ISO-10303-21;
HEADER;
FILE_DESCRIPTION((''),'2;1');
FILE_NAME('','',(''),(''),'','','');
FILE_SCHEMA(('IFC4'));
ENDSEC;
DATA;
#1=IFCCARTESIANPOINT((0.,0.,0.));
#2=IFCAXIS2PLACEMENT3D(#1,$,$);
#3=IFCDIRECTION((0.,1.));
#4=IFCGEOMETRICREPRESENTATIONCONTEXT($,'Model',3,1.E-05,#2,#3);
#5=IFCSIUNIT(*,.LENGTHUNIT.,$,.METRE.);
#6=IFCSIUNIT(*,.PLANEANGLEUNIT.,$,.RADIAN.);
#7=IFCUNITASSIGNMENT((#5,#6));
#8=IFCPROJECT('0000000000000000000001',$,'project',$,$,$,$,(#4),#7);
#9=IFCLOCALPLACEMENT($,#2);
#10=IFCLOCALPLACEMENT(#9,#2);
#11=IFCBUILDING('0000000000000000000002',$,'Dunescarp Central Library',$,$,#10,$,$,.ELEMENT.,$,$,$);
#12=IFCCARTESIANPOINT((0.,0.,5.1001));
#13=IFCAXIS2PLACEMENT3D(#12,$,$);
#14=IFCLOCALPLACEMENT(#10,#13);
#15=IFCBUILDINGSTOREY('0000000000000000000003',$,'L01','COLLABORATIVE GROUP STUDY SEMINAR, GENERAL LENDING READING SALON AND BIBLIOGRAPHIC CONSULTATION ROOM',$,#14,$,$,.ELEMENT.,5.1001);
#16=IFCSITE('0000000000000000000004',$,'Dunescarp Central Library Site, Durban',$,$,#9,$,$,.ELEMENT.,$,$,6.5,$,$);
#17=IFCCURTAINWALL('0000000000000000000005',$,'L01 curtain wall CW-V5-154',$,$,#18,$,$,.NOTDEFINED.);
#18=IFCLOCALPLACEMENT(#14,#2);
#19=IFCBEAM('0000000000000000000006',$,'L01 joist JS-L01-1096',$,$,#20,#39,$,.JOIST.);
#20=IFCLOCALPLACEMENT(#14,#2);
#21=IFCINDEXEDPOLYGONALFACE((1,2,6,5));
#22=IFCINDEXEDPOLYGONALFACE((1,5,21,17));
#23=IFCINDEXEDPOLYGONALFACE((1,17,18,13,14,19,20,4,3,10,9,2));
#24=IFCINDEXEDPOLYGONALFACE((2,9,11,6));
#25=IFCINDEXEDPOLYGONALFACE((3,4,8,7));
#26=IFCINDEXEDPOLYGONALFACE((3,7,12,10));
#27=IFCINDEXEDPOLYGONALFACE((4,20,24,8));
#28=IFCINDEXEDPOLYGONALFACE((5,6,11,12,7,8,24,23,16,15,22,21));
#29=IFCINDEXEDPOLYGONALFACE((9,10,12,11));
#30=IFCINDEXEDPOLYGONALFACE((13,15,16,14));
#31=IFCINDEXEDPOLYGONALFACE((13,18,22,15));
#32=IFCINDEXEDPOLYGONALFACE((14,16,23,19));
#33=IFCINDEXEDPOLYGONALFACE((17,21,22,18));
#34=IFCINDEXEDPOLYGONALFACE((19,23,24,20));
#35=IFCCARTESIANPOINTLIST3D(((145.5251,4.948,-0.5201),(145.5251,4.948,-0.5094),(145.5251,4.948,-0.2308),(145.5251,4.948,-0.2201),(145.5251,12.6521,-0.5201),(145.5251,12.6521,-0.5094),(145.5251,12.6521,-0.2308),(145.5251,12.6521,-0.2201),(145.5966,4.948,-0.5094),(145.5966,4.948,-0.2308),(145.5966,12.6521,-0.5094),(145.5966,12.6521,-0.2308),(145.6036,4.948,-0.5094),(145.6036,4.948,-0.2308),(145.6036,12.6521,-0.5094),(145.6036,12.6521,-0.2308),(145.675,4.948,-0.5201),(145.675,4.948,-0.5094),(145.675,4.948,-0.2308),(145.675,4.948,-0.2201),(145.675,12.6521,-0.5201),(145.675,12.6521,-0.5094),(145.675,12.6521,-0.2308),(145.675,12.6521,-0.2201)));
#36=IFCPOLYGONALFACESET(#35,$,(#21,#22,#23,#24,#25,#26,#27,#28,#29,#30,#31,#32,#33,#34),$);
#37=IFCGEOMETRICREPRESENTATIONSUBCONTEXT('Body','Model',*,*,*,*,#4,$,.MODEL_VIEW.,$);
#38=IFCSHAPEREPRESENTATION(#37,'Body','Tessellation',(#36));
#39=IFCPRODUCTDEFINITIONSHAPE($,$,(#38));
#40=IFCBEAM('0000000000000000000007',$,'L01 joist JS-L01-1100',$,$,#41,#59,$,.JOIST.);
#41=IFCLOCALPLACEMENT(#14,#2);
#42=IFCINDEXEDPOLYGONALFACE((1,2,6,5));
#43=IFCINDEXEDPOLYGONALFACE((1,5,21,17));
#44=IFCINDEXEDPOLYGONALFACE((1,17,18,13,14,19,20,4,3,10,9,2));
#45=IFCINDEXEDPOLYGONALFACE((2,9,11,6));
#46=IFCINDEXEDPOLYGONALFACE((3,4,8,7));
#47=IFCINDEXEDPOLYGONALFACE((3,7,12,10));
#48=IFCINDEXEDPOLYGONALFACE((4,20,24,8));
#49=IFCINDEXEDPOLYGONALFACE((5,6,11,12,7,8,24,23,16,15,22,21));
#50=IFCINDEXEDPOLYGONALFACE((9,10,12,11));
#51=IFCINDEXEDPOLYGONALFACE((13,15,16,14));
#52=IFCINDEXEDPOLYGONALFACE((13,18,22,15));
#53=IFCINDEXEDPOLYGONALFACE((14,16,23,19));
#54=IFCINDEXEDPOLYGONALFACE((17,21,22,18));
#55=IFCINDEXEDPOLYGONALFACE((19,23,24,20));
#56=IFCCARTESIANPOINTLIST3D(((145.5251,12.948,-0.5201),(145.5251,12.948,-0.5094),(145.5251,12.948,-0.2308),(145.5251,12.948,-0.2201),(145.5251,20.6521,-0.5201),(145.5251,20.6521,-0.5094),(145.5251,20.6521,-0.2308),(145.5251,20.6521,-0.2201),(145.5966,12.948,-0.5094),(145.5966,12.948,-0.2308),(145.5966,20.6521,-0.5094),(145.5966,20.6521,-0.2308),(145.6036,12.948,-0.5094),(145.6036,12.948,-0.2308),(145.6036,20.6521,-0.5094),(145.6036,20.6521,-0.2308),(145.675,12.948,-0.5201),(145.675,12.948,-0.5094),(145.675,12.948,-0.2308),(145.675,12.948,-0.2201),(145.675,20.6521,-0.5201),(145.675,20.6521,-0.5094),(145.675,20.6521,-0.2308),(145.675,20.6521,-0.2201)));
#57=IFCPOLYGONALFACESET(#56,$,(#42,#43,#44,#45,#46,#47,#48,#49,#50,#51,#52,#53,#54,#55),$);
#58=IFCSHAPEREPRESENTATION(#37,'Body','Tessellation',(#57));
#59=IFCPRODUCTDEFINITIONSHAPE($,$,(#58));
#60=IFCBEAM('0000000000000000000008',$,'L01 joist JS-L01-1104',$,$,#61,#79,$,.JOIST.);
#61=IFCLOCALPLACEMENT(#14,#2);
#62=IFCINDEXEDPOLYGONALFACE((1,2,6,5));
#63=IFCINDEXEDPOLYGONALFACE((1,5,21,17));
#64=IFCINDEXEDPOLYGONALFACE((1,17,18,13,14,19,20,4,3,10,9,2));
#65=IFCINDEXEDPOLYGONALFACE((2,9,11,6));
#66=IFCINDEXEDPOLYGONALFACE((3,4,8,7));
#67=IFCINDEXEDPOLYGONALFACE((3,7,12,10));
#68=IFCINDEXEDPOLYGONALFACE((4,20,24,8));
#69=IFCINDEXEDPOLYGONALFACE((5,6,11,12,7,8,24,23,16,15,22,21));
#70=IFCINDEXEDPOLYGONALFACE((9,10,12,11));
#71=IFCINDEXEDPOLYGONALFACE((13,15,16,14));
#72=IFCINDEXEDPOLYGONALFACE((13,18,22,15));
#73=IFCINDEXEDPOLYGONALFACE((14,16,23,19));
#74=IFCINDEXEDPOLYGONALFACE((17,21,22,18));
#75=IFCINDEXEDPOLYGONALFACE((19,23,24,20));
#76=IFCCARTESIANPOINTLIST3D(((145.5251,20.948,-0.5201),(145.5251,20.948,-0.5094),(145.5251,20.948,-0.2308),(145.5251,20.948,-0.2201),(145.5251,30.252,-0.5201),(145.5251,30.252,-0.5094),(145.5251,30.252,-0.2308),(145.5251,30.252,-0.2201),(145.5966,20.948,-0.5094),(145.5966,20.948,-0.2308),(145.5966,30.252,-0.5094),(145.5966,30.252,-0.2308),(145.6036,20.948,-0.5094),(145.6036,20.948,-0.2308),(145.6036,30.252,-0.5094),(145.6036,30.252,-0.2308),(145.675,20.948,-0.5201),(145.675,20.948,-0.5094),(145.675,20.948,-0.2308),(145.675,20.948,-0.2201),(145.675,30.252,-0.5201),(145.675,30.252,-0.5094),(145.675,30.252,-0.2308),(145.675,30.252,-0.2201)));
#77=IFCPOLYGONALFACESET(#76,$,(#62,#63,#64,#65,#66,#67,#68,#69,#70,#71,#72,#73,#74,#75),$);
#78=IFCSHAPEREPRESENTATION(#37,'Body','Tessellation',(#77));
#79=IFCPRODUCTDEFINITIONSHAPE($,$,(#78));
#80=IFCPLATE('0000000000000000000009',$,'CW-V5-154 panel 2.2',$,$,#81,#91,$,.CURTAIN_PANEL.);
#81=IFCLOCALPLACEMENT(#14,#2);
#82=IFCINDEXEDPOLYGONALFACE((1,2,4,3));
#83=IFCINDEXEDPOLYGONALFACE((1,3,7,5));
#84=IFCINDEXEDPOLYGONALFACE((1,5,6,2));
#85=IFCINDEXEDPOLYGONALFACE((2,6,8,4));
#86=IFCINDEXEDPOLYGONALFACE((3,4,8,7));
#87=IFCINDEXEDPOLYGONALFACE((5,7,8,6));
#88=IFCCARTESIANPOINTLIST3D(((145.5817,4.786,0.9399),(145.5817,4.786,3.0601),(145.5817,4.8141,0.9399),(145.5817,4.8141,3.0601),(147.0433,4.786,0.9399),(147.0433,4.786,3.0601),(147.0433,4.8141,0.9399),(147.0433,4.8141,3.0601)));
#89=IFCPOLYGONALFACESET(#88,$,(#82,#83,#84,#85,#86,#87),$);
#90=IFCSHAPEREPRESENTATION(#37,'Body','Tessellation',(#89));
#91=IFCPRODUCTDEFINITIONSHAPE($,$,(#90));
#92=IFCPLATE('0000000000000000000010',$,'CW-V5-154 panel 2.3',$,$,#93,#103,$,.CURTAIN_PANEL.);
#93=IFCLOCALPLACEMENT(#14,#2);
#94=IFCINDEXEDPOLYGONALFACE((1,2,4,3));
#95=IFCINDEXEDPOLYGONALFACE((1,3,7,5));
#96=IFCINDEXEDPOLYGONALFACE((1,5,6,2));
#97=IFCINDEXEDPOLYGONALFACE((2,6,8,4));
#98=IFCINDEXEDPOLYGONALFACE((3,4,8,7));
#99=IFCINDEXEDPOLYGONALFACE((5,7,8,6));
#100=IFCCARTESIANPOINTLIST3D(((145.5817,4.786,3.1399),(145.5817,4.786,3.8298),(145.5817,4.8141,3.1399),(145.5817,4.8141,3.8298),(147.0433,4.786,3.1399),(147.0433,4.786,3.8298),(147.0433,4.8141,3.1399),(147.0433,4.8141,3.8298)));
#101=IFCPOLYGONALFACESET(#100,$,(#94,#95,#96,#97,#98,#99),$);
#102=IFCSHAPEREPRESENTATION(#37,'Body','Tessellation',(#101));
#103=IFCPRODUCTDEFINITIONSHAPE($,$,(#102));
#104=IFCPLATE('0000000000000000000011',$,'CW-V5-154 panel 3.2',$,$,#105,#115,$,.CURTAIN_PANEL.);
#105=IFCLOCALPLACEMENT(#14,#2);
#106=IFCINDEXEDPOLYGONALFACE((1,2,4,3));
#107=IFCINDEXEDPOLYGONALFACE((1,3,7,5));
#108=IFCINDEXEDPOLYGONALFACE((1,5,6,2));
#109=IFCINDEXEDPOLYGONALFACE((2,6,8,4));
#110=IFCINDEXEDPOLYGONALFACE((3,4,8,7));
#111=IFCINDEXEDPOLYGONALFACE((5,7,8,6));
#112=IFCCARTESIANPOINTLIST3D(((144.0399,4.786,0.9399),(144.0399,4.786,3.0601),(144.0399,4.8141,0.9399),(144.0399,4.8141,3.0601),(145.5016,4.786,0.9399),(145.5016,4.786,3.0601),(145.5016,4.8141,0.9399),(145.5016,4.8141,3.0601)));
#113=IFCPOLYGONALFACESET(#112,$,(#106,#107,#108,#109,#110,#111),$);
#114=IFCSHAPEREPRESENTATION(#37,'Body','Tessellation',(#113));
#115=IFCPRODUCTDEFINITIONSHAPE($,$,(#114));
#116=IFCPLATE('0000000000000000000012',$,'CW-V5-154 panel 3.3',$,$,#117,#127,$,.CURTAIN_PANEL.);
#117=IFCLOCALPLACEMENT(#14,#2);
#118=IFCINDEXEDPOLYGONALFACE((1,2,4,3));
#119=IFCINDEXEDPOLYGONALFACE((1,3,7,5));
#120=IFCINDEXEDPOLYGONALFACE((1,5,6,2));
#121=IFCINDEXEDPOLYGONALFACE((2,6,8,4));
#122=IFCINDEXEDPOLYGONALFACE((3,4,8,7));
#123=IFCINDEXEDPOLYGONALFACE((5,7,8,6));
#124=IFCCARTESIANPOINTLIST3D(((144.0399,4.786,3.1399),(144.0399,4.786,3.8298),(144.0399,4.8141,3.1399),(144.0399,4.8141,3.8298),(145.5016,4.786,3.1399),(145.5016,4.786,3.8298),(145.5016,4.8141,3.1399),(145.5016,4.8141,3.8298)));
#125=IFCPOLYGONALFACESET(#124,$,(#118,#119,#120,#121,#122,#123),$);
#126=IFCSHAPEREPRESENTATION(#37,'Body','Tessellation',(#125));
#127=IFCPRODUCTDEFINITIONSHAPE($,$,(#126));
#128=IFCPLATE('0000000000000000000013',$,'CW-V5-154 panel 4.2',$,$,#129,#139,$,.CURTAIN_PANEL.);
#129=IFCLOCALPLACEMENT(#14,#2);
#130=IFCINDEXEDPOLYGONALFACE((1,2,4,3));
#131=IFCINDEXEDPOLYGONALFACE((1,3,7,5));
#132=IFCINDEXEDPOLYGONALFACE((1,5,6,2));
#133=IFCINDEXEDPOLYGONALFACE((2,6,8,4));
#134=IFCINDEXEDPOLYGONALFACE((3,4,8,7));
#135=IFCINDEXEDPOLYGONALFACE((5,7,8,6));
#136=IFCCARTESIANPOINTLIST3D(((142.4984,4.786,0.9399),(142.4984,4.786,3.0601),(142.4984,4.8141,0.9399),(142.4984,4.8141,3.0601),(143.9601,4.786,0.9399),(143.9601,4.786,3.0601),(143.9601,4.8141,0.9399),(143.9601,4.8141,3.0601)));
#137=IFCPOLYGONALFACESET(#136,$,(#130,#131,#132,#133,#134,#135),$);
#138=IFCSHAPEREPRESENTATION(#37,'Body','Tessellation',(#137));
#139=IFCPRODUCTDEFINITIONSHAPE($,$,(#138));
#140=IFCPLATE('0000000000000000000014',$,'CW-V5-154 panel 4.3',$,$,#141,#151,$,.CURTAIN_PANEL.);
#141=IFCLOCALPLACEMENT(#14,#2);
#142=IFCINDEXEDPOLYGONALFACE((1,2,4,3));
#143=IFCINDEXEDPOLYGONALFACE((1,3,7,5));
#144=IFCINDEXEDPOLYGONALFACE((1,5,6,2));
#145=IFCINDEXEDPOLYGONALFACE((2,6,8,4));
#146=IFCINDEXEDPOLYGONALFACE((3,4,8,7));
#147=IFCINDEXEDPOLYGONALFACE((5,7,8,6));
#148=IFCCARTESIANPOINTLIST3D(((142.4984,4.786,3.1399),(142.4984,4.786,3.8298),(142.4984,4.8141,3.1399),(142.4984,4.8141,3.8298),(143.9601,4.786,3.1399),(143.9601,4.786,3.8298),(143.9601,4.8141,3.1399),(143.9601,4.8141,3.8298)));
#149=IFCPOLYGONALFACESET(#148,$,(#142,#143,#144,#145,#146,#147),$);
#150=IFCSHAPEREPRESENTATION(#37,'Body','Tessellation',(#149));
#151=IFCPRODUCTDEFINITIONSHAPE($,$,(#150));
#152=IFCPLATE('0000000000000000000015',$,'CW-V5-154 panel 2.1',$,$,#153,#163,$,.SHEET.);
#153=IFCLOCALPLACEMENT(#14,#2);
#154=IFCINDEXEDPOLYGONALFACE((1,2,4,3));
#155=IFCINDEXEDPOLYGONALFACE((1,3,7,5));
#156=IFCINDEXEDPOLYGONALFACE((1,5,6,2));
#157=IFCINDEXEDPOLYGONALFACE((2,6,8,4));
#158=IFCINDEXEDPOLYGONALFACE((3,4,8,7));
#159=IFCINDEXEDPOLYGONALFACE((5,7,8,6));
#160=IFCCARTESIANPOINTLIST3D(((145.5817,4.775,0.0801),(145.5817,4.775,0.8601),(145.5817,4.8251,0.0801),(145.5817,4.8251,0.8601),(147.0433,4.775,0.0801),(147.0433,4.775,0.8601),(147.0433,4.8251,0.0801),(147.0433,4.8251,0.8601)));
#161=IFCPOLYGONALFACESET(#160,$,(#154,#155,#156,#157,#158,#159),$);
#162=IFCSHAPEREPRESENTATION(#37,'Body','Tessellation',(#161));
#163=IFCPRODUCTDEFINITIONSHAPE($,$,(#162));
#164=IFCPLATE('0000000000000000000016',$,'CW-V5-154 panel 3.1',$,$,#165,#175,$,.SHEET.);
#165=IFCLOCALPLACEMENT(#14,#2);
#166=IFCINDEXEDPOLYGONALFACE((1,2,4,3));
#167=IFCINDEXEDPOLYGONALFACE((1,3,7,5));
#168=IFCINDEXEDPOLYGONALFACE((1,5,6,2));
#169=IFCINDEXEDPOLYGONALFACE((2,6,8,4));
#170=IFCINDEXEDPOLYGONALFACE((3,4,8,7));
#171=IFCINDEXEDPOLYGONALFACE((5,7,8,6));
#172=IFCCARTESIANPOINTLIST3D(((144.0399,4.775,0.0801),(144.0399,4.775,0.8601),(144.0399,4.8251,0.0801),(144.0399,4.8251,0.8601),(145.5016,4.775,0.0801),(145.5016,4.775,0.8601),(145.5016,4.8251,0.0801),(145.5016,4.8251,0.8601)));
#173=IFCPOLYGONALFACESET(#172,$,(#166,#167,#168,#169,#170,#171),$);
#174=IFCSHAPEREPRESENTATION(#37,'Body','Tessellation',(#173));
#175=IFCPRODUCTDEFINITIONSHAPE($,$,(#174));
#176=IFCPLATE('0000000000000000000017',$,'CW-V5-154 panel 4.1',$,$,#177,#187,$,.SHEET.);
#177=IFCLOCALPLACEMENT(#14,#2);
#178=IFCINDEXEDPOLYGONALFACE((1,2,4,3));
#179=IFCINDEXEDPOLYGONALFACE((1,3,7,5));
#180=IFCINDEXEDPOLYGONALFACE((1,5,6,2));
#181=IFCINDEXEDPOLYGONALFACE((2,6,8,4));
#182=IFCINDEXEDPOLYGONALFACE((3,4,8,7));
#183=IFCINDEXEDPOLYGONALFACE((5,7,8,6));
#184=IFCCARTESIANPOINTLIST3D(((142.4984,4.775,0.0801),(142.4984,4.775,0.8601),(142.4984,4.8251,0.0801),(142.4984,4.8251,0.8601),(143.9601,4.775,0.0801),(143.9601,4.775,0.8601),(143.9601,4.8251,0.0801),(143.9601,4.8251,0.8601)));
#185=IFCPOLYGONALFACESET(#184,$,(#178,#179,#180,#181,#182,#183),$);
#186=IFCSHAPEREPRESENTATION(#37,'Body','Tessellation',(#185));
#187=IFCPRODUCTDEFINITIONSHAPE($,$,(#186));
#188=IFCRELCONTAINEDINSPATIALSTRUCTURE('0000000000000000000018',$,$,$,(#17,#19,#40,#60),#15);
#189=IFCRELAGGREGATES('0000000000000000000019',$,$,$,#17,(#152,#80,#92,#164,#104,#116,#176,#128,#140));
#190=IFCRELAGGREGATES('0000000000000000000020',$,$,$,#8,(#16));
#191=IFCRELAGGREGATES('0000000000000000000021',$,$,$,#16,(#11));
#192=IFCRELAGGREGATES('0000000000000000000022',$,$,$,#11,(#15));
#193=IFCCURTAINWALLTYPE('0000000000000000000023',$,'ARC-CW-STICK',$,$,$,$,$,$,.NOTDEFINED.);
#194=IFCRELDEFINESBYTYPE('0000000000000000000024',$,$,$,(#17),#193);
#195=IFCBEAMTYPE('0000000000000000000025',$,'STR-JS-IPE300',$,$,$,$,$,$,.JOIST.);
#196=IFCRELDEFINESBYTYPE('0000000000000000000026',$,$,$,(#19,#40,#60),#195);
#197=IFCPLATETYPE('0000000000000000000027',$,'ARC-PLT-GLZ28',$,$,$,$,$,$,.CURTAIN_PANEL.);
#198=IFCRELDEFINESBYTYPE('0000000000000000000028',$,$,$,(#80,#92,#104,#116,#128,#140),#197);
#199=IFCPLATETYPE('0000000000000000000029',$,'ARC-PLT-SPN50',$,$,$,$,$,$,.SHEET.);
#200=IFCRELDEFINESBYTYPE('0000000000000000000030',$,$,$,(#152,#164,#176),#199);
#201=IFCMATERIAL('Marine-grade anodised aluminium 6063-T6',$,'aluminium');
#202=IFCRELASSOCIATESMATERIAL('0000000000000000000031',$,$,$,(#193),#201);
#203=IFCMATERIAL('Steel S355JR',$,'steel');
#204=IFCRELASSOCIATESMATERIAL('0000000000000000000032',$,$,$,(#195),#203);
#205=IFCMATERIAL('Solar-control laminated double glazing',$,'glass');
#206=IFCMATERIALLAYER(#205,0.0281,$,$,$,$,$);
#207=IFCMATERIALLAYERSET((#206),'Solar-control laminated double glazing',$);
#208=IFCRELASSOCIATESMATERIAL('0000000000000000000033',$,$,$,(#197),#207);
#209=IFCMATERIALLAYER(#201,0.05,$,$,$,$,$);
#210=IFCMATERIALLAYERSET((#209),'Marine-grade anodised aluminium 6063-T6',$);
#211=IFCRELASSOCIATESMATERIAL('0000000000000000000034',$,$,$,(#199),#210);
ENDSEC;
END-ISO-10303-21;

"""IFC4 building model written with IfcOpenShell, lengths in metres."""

from ifc_helpers import new_model, si_unit, direction, frame, origin, origin_2d, place, context, subcontext, project, spatial, rectangle, i_section, extrude, material, layer, layer_set, material_profile, profile_set, type_object, element, aggregate, save


model = new_model("IFC4")

# Units and contexts
model_context = context("Model", 3, precision=1e-05, world=origin(), true_north=direction((0.0, 1.0)))
body_context = subcontext(model_context, "Body", "Model", "MODEL_VIEW")
ifc_project = project(units=[si_unit("LENGTHUNIT", "METRE"), si_unit("PLANEANGLEUNIT", "RADIAN")], contexts=[model_context])

# Site, building, storey
site_placement = place(None, origin())
site = spatial("IfcSite", under=ifc_project, at=site_placement, Name="Dunescarp Central Library Site, Durban", CompositionType="ELEMENT", RefElevation=6.5)
building_placement = place(site_placement, origin())
building = spatial("IfcBuilding", under=site, at=building_placement, Name="Dunescarp Central Library", CompositionType="ELEMENT")
storey_placement = place(building_placement, frame((0.0, 0.0, 5.1001)))
storey = spatial("IfcBuildingStorey", under=building, at=storey_placement, Name="L01", Description="COLLABORATIVE GROUP STUDY SEMINAR, GENERAL LENDING READING SALON AND BIBLIOGRAPHIC CONSULTATION ROOM", CompositionType="ELEMENT", Elevation=5.1001)

# Curtain wall
ifc_material_1 = material(Name="Marine-grade anodised aluminium 6063-T6", Category="aluminium")
curtain_wall_type = type_object("IfcCurtainWallType", Name="ARC-CW-STICK", PredefinedType="NOTDEFINED", material=ifc_material_1)
curtain_wall_placement = place(storey_placement, origin())
curtain_wall = element("IfcCurtainWall", 1, at=curtain_wall_placement, inside=storey, type_object=curtain_wall_type, Name="L01 curtain wall CW-V5-154", PredefinedType="NOTDEFINED")

# Beams
ifc_material_2 = material(Name="Steel S355JR", Category="steel")
ifc_material_profile_1 = material_profile(ifc_material_2, i_section(OverallWidth=0.1499, OverallDepth=0.3, WebThickness=0.0071, FlangeThickness=0.0107, at=origin_2d()), Name="IPE 300")
ifc_profile_set_1 = profile_set([ifc_material_profile_1], Name="Steel S355JR")
beam_type = type_object("IfcBeamType", Name="STR-JS-IPE300", PredefinedType="JOIST", material=ifc_profile_set_1)
for number, where, z_axis, x_axis, name in (
    (2, (145.6001, 4.948, -0.3701), (0.0, 1.0, 0.0), (-1.0, 0.0, 0.0), "L01 joist JS-L01-1096"),
    (3, (145.6001, 12.948, -0.3701), (0.0, 1.0, 0.0), (-1.0, 0.0, 0.0), "L01 joist JS-L01-1100"),
):
    element("IfcBeam", number, at=place(storey_placement, frame(where, z_axis=z_axis, x_axis=x_axis)), inside=storey, type_object=beam_type, Name=name, PredefinedType="JOIST", context=body_context, shape_type="SweptSolid", body=[
        extrude(i_section(OverallWidth=0.1499, OverallDepth=0.3, WebThickness=0.0071, FlangeThickness=0.0107, at=origin_2d()), origin(), (0.0, 0.0, 1.0), 7.7041),
    ])
beam_placement = place(storey_placement, frame((145.6001, 20.948, -0.3701), z_axis=(0.0, 1.0, 0.0), x_axis=(-1.0, 0.0, 0.0)))
element("IfcBeam", 4, at=beam_placement, inside=storey, type_object=beam_type, Name="L01 joist JS-L01-1104", PredefinedType="JOIST", context=body_context, shape_type="SweptSolid", body=[
    extrude(i_section(OverallWidth=0.1499, OverallDepth=0.3, WebThickness=0.0071, FlangeThickness=0.0107, at=origin_2d()), origin(), (0.0, 0.0, 1.0), 9.304),
])

# Plates
ifc_material_3 = material(Name="Solar-control laminated double glazing", Category="glass")
ifc_layer_1 = layer(ifc_material_3, 0.0281)
ifc_layer_set_1 = layer_set([ifc_layer_1], Name="Solar-control laminated double glazing")
plate_type_1 = type_object("IfcPlateType", Name="ARC-PLT-GLZ28", PredefinedType="CURTAIN_PANEL", material=ifc_layer_set_1)
plate_1_placement = place(storey_placement, frame((146.3125, 4.8, 0.9399), z_axis=(0.0, 0.0, 1.0), x_axis=(-1.0, 0.0, 0.0)))
plate_1 = element("IfcPlate", 5, at=plate_1_placement, type_object=plate_type_1, Name="CW-V5-154 panel 2.2", PredefinedType="CURTAIN_PANEL", context=body_context, shape_type="SweptSolid", body=[
    extrude(rectangle(XDim=1.4617, YDim=0.0281, at=origin_2d()), origin(), (0.0, 0.0, 1.0), 2.1201),
])
plate_2_placement = place(storey_placement, frame((146.3125, 4.8, 3.1399), z_axis=(0.0, 0.0, 1.0), x_axis=(-1.0, 0.0, 0.0)))
plate_2 = element("IfcPlate", 6, at=plate_2_placement, type_object=plate_type_1, Name="CW-V5-154 panel 2.3", PredefinedType="CURTAIN_PANEL", context=body_context, shape_type="SweptSolid", body=[
    extrude(rectangle(XDim=1.4617, YDim=0.0281, at=origin_2d()), origin(), (0.0, 0.0, 1.0), 0.6899),
])
plate_3_placement = place(storey_placement, frame((144.7708, 4.8, 0.9399), z_axis=(0.0, 0.0, 1.0), x_axis=(-1.0, 0.0, 0.0)))
plate_3 = element("IfcPlate", 7, at=plate_3_placement, type_object=plate_type_1, Name="CW-V5-154 panel 3.2", PredefinedType="CURTAIN_PANEL", context=body_context, shape_type="SweptSolid", body=[
    extrude(rectangle(XDim=1.4617, YDim=0.0281, at=origin_2d()), origin(), (0.0, 0.0, 1.0), 2.1201),
])
plate_4_placement = place(storey_placement, frame((144.7708, 4.8, 3.1399), z_axis=(0.0, 0.0, 1.0), x_axis=(-1.0, 0.0, 0.0)))
plate_4 = element("IfcPlate", 8, at=plate_4_placement, type_object=plate_type_1, Name="CW-V5-154 panel 3.3", PredefinedType="CURTAIN_PANEL", context=body_context, shape_type="SweptSolid", body=[
    extrude(rectangle(XDim=1.4617, YDim=0.0281, at=origin_2d()), origin(), (0.0, 0.0, 1.0), 0.6899),
])
plate_5_placement = place(storey_placement, frame((143.2292, 4.8, 0.9399), z_axis=(0.0, 0.0, 1.0), x_axis=(-1.0, 0.0, 0.0)))
plate_5 = element("IfcPlate", 9, at=plate_5_placement, type_object=plate_type_1, Name="CW-V5-154 panel 4.2", PredefinedType="CURTAIN_PANEL", context=body_context, shape_type="SweptSolid", body=[
    extrude(rectangle(XDim=1.4617, YDim=0.0281, at=origin_2d()), origin(), (0.0, 0.0, 1.0), 2.1201),
])
plate_6_placement = place(storey_placement, frame((143.2292, 4.8, 3.1399), z_axis=(0.0, 0.0, 1.0), x_axis=(-1.0, 0.0, 0.0)))
plate_6 = element("IfcPlate", 10, at=plate_6_placement, type_object=plate_type_1, Name="CW-V5-154 panel 4.3", PredefinedType="CURTAIN_PANEL", context=body_context, shape_type="SweptSolid", body=[
    extrude(rectangle(XDim=1.4617, YDim=0.0281, at=origin_2d()), origin(), (0.0, 0.0, 1.0), 0.6899),
])
ifc_layer_2 = layer(ifc_material_1, 0.05)
ifc_layer_set_2 = layer_set([ifc_layer_2], Name="Marine-grade anodised aluminium 6063-T6")
plate_type_2 = type_object("IfcPlateType", Name="ARC-PLT-SPN50", PredefinedType="SHEET", material=ifc_layer_set_2)
plate_7_placement = place(storey_placement, frame((146.3125, 4.8, 0.0801), z_axis=(0.0, 0.0, 1.0), x_axis=(-1.0, 0.0, 0.0)))
plate_7 = element("IfcPlate", 11, at=plate_7_placement, type_object=plate_type_2, Name="CW-V5-154 panel 2.1", PredefinedType="SHEET", context=body_context, shape_type="SweptSolid", body=[
    extrude(rectangle(XDim=1.4617, YDim=0.05, at=origin_2d()), origin(), (0.0, 0.0, 1.0), 0.78),
])
plate_8_placement = place(storey_placement, frame((144.7708, 4.8, 0.0801), z_axis=(0.0, 0.0, 1.0), x_axis=(-1.0, 0.0, 0.0)))
plate_8 = element("IfcPlate", 12, at=plate_8_placement, type_object=plate_type_2, Name="CW-V5-154 panel 3.1", PredefinedType="SHEET", context=body_context, shape_type="SweptSolid", body=[
    extrude(rectangle(XDim=1.4617, YDim=0.05, at=origin_2d()), origin(), (0.0, 0.0, 1.0), 0.78),
])
plate_9_placement = place(storey_placement, frame((143.2292, 4.8, 0.0801), z_axis=(0.0, 0.0, 1.0), x_axis=(-1.0, 0.0, 0.0)))
plate_9 = element("IfcPlate", 13, at=plate_9_placement, type_object=plate_type_2, Name="CW-V5-154 panel 4.1", PredefinedType="SHEET", context=body_context, shape_type="SweptSolid", body=[
    extrude(rectangle(XDim=1.4617, YDim=0.05, at=origin_2d()), origin(), (0.0, 0.0, 1.0), 0.78),
])
aggregate(curtain_wall, [plate_7, plate_1, plate_2, plate_8, plate_3, plate_4, plate_9, plate_5, plate_6])

save(model, "model.ifc")
